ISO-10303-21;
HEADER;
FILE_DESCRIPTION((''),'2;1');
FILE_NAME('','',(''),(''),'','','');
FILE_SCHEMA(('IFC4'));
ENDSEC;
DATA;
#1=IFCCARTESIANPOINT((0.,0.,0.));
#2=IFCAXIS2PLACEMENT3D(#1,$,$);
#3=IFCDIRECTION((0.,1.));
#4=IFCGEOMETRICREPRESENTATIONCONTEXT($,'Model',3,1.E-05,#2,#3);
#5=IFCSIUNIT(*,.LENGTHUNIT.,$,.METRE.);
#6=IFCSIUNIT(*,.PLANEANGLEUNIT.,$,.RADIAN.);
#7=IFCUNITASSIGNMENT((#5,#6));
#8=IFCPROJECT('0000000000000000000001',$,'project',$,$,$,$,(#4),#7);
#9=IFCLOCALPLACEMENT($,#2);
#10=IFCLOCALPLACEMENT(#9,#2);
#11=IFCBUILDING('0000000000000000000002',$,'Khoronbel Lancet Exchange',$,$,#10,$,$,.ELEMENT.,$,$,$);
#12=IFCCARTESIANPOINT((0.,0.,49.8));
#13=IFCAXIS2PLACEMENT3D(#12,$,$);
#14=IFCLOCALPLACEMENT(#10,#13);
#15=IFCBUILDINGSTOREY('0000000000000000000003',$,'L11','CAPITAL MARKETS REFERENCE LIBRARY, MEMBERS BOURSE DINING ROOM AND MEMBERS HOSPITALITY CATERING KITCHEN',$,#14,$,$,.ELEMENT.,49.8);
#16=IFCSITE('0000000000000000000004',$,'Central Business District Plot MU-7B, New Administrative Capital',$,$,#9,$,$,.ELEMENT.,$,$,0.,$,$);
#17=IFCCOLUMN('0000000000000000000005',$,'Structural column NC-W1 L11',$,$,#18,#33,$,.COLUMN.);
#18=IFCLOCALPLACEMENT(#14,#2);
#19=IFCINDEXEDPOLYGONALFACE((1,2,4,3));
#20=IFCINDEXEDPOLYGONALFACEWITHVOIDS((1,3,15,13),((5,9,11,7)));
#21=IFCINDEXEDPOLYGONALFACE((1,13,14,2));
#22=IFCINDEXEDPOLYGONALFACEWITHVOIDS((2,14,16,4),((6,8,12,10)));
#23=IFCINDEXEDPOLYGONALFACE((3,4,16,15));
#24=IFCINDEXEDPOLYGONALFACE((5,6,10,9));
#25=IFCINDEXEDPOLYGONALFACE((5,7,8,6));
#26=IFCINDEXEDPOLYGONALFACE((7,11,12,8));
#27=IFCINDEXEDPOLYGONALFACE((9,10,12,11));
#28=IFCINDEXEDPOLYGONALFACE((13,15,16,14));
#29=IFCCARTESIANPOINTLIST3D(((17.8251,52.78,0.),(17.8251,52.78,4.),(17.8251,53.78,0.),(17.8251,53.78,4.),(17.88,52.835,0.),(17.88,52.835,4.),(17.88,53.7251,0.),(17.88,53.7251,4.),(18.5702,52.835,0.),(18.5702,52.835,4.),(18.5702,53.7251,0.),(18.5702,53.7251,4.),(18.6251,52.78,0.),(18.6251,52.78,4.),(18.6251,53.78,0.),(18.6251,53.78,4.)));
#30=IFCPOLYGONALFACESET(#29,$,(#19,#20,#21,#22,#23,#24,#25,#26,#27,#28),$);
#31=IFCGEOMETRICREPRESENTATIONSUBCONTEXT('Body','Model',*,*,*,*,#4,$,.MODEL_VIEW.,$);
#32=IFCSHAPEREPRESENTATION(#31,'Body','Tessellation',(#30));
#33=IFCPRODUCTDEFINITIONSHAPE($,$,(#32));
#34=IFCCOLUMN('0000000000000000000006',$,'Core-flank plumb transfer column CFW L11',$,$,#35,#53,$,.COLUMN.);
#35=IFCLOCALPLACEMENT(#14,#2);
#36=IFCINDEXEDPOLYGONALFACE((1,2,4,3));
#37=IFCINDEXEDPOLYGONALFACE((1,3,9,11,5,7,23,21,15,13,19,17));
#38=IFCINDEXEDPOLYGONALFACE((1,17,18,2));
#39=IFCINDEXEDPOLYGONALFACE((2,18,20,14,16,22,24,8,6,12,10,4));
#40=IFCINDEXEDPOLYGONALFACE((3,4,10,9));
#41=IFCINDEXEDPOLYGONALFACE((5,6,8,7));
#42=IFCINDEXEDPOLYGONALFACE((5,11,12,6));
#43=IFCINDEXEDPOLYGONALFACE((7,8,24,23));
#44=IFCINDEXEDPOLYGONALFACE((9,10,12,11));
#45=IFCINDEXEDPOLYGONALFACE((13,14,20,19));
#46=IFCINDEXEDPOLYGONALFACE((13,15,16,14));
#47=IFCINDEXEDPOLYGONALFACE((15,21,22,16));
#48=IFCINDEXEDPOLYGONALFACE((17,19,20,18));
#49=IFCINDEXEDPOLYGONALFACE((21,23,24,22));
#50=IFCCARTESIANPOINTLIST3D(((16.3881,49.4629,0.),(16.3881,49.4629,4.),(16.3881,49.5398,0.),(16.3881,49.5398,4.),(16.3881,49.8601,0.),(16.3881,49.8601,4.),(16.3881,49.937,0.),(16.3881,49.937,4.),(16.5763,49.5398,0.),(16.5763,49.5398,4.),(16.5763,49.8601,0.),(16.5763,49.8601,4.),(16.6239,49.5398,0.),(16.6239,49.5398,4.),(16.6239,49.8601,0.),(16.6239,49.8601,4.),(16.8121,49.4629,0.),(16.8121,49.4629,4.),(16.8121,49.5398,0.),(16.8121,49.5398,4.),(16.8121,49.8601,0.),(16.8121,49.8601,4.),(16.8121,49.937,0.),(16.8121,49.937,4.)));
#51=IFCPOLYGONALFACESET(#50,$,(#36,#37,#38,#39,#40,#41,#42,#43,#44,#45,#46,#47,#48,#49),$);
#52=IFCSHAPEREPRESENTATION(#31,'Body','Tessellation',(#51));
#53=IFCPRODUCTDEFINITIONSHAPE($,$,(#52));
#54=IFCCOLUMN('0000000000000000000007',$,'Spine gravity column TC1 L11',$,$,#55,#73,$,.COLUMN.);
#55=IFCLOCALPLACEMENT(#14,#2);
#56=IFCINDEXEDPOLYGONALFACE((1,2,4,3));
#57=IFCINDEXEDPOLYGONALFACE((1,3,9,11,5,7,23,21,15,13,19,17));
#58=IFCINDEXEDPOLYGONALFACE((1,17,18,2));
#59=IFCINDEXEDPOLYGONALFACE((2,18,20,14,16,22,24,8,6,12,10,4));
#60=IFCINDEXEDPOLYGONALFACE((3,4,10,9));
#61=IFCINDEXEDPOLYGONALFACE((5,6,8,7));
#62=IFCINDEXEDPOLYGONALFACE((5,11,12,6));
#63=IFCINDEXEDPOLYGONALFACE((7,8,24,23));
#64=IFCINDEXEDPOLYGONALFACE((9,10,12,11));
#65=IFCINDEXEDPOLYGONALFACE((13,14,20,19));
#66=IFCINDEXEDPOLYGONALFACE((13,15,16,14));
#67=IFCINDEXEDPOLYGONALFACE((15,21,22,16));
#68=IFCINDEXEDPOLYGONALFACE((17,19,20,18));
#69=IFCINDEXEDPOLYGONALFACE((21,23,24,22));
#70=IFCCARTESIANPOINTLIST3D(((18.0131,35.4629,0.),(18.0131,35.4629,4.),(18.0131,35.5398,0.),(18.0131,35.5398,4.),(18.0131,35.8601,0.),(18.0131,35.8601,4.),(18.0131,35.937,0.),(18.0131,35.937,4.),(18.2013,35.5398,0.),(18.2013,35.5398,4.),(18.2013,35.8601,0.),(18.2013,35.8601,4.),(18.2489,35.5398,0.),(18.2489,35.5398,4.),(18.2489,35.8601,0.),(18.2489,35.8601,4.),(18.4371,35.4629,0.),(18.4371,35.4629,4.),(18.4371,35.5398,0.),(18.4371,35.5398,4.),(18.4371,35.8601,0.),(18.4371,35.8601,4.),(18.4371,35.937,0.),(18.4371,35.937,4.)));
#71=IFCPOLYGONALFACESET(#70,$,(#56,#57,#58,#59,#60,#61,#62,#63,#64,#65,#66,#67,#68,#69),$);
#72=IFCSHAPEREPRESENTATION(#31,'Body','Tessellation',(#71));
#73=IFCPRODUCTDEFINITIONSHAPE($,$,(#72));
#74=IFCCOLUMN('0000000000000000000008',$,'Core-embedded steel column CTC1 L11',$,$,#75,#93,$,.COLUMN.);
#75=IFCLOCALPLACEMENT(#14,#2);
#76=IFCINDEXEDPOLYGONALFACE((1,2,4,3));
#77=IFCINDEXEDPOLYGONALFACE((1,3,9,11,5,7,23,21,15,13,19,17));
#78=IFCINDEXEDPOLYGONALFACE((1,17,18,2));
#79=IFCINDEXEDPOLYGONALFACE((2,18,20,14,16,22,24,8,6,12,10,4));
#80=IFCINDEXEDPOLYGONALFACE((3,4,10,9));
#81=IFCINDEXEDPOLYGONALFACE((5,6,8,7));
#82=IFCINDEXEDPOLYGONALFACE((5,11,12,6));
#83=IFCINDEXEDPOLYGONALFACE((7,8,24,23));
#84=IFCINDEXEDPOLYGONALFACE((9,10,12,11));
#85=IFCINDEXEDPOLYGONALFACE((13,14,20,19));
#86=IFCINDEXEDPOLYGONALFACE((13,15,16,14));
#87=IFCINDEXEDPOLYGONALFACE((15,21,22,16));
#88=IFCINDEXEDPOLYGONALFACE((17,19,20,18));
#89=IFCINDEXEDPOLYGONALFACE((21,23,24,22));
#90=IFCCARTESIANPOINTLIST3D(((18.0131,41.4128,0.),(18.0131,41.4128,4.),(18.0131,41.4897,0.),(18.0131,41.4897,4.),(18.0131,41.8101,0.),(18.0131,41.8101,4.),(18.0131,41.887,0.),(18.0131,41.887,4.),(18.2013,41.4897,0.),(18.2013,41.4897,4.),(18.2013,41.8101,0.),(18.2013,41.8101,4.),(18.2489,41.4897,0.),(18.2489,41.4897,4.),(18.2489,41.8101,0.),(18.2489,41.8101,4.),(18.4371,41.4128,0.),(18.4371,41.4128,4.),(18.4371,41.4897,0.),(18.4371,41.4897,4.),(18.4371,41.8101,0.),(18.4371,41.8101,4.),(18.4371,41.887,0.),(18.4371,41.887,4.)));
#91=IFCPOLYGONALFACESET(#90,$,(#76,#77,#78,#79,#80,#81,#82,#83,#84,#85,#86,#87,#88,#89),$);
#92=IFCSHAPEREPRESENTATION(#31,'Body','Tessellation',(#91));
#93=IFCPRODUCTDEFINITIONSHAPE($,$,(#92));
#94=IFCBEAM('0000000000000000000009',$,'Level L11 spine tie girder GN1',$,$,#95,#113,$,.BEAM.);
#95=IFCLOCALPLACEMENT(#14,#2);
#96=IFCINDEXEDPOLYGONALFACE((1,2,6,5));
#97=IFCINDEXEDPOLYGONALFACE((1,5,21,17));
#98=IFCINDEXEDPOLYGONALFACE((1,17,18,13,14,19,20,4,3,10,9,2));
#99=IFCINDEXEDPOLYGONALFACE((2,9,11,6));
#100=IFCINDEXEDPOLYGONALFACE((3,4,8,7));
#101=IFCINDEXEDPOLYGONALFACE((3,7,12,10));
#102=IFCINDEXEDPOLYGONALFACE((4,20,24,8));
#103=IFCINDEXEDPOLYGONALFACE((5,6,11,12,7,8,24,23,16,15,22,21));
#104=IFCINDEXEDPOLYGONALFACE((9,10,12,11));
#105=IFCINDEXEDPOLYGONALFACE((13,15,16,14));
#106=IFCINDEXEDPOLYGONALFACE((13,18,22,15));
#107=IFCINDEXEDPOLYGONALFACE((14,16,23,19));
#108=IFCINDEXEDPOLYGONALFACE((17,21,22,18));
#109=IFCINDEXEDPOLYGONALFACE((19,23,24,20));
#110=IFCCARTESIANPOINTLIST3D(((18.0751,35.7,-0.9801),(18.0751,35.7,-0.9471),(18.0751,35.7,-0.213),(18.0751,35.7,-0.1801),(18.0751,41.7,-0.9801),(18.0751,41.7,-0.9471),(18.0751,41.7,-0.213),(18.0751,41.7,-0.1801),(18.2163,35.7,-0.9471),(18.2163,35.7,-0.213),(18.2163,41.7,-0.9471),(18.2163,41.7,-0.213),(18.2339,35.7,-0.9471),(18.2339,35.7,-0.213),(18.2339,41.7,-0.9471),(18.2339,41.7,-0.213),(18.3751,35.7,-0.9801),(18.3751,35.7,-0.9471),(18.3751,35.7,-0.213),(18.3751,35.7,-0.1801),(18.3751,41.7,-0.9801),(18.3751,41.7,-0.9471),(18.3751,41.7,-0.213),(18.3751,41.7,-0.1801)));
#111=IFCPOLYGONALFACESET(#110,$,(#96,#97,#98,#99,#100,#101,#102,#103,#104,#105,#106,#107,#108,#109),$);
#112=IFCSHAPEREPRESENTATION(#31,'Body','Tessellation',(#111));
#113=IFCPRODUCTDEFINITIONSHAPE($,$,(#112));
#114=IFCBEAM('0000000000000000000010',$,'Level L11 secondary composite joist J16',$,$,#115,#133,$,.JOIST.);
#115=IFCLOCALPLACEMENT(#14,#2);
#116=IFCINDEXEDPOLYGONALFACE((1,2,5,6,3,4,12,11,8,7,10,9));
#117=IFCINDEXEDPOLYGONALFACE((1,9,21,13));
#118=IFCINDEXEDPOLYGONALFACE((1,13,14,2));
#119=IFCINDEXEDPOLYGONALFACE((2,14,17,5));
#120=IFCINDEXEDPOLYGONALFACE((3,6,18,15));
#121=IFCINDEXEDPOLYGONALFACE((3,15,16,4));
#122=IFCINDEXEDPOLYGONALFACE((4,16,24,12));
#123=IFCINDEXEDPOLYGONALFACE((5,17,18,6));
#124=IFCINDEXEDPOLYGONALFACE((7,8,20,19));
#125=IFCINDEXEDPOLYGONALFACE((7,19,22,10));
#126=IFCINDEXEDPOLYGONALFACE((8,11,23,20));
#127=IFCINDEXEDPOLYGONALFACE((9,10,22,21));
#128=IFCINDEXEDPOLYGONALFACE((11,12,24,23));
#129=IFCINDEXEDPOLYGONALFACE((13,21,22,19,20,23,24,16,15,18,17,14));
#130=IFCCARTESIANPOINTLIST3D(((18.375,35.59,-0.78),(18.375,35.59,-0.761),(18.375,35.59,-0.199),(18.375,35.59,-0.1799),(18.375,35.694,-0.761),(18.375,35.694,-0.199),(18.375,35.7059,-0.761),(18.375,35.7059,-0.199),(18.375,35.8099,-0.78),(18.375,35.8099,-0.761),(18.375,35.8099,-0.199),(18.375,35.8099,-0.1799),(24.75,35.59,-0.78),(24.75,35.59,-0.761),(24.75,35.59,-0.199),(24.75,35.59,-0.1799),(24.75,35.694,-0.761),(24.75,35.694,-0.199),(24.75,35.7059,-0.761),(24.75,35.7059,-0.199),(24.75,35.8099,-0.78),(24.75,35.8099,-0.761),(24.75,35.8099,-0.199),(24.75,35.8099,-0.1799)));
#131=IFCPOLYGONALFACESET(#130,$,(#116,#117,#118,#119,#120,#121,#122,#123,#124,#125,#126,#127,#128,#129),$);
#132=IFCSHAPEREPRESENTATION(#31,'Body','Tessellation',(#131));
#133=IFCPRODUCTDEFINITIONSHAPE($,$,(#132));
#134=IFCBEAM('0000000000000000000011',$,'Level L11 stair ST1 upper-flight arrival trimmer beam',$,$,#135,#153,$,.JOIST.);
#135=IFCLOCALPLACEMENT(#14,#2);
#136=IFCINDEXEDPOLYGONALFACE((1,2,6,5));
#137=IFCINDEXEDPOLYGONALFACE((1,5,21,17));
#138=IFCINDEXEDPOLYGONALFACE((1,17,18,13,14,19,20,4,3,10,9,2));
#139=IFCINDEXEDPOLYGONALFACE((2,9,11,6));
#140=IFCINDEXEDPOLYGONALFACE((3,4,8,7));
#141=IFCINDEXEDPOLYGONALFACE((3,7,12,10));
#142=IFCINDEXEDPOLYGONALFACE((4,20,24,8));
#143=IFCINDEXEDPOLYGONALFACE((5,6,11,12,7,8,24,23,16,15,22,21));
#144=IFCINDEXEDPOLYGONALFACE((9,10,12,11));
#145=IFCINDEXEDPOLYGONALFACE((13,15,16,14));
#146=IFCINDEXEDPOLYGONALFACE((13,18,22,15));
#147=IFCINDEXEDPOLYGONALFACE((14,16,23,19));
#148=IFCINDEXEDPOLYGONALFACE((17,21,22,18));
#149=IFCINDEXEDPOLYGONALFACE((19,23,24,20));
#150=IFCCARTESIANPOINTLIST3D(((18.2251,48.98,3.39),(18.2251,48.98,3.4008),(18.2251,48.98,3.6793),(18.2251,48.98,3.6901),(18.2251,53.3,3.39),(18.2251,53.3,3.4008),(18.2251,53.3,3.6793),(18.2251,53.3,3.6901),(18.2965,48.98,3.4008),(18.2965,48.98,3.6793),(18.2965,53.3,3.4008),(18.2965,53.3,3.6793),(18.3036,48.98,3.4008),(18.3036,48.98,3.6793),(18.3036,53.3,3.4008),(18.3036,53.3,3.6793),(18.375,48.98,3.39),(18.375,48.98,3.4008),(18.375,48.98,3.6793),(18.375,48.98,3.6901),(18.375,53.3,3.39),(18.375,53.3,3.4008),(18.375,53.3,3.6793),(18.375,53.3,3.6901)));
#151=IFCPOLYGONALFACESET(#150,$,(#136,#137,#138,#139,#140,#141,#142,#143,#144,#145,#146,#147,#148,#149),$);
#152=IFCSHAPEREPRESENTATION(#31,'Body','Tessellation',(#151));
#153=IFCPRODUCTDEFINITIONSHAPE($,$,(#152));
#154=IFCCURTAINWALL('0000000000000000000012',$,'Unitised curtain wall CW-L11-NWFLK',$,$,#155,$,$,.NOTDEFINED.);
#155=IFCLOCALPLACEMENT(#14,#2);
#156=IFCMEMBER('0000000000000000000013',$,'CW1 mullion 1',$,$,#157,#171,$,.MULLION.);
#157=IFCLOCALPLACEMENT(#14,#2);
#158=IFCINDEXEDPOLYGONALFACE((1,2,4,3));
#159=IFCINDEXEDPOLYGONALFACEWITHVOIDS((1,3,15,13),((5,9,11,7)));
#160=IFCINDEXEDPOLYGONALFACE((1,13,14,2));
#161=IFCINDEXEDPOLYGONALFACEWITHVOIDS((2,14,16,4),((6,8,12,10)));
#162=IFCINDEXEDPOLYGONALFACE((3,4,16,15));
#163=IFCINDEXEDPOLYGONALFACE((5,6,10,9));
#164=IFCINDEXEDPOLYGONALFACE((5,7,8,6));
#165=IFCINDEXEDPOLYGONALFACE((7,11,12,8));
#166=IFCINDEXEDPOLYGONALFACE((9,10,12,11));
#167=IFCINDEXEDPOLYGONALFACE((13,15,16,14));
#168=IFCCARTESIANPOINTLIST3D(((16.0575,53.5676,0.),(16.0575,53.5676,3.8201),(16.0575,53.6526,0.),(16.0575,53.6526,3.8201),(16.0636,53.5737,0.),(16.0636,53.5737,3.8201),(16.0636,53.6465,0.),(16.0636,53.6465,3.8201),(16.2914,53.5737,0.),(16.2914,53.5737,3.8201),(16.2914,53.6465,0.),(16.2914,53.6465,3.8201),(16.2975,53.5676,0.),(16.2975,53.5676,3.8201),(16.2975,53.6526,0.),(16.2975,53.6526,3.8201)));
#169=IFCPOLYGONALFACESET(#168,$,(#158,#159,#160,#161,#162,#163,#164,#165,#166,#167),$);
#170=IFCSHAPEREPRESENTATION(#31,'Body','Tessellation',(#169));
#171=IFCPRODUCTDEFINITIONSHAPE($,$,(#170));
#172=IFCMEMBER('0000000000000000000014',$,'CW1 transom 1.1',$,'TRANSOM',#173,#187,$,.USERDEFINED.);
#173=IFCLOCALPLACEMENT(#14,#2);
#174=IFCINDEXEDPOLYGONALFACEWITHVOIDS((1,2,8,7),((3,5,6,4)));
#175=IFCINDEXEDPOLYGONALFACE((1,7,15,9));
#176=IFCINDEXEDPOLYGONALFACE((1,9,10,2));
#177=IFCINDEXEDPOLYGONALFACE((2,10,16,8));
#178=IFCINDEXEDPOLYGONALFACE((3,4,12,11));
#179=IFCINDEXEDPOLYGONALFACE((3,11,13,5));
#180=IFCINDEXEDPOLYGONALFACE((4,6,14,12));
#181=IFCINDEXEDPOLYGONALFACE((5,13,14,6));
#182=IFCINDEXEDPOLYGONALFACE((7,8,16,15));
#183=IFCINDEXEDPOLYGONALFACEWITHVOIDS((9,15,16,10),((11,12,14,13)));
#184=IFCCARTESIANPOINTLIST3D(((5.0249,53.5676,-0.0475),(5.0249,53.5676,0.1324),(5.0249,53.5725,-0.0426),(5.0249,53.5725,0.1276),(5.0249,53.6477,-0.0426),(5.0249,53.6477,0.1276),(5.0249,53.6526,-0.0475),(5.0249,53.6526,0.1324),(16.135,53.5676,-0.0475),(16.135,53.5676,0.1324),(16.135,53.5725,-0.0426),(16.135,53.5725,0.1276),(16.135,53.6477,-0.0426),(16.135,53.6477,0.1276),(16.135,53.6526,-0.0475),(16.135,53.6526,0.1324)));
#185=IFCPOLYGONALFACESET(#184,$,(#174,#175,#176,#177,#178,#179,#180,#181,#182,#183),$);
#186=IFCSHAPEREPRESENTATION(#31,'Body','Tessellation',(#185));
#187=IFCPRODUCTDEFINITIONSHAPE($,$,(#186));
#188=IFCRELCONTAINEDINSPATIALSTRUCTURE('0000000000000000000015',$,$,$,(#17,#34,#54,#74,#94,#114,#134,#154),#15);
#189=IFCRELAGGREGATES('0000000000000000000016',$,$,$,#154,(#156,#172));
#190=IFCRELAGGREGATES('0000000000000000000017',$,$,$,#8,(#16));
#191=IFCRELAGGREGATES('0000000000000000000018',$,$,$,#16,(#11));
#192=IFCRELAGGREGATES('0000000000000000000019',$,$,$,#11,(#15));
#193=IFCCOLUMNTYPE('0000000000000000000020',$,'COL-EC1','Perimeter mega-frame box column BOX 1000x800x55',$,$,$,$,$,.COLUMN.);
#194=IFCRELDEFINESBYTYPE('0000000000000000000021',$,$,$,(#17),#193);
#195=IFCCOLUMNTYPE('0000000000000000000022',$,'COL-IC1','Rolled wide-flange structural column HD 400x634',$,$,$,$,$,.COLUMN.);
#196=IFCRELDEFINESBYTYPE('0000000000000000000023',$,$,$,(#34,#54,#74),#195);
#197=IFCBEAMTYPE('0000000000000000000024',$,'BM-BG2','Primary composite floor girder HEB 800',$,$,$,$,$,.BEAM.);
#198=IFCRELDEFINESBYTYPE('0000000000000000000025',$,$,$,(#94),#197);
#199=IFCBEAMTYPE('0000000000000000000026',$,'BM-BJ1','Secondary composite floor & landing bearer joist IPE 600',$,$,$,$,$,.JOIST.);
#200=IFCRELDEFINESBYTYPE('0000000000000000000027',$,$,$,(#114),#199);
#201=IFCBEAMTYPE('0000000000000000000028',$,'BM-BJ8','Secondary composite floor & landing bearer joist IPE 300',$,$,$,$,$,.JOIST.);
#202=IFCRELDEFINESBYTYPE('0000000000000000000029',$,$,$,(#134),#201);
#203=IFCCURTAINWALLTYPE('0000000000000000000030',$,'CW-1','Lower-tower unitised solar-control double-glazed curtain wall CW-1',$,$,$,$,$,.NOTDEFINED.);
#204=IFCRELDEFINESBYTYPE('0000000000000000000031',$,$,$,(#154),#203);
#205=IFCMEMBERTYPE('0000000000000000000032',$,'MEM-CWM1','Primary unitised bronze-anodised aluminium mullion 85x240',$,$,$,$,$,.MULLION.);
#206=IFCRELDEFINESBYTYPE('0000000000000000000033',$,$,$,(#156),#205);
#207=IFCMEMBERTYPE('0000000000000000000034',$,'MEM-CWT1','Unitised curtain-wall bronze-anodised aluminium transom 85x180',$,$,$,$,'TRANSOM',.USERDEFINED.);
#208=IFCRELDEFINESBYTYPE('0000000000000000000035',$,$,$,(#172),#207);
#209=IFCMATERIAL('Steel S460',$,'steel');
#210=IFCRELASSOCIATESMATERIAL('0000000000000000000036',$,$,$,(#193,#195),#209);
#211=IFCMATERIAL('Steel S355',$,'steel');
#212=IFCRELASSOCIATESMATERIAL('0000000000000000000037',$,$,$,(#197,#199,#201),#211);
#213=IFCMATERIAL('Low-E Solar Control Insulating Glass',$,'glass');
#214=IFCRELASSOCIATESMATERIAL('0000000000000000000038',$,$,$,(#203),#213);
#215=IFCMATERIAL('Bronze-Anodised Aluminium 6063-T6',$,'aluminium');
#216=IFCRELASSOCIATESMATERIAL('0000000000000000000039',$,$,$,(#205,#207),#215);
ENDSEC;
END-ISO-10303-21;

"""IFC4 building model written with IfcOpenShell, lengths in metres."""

from ifc_helpers import new_model, si_unit, direction, frame, origin, origin_2d, place, context, subcontext, project, spatial, hollow_rectangle, i_section, extrude, material, material_profile, profile_set, type_object, element, aggregate, save


model = new_model("IFC4")

# Units and contexts
model_context = context("Model", 3, precision=1e-05, world=origin(), true_north=direction((0.0, 1.0)))
body_context = subcontext(model_context, "Body", "Model", "MODEL_VIEW")
ifc_project = project(units=[si_unit("LENGTHUNIT", "METRE"), si_unit("PLANEANGLEUNIT", "RADIAN")], contexts=[model_context])

# Site, building, storey
site_placement = place(None, origin())
site = spatial("IfcSite", under=ifc_project, at=site_placement, Name="Central Business District Plot MU-7B, New Administrative Capital", CompositionType="ELEMENT", RefElevation=0.0)
building_placement = place(site_placement, origin())
building = spatial("IfcBuilding", under=site, at=building_placement, Name="Khoronbel Lancet Exchange", CompositionType="ELEMENT")
storey_placement = place(building_placement, frame((0.0, 0.0, 49.8)))
storey = spatial("IfcBuildingStorey", under=building, at=storey_placement, Name="L11", Description="CAPITAL MARKETS REFERENCE LIBRARY, MEMBERS BOURSE DINING ROOM AND MEMBERS HOSPITALITY CATERING KITCHEN", CompositionType="ELEMENT", Elevation=49.8)

# Columns
ifc_material_1 = material(Name="Steel S460", Category="steel")
ifc_material_profile_1 = material_profile(ifc_material_1, hollow_rectangle(XDim=0.8, YDim=1.0, WallThickness=0.0549, at=origin_2d()), Name="BOX 1000x800x55")
ifc_profile_set_1 = profile_set([ifc_material_profile_1], Name="Steel S460")
column_type_1 = type_object("IfcColumnType", Name="COL-EC1", Description="Perimeter mega-frame box column BOX 1000x800x55", PredefinedType="COLUMN", material=ifc_profile_set_1)
column_placement = place(storey_placement, frame((18.2251, 53.28, 0.0), z_axis=(0.0, 0.0, 1.0), x_axis=(1.0, 0.0, 0.0)))
element("IfcColumn", 1, at=column_placement, inside=storey, type_object=column_type_1, Name="Structural column NC-W1 L11", PredefinedType="COLUMN", context=body_context, shape_type="SweptSolid", body=[
    extrude(hollow_rectangle(XDim=0.8, YDim=1.0, WallThickness=0.0549, at=origin_2d()), origin(), (0.0, 0.0, 1.0), 4.0),
])
ifc_material_profile_2 = material_profile(ifc_material_1, i_section(OverallWidth=0.4241, OverallDepth=0.4741, WebThickness=0.0476, FlangeThickness=0.0769, at=origin_2d()), Name="HD 400x634")
ifc_profile_set_2 = profile_set([ifc_material_profile_2], Name="Steel S460")
column_type_2 = type_object("IfcColumnType", Name="COL-IC1", Description="Rolled wide-flange structural column HD 400x634", PredefinedType="COLUMN", material=ifc_profile_set_2)
for number, where, z_axis, x_axis, name in (
    (2, (16.6001, 49.7, 0.0), (0.0, 0.0, 1.0), (1.0, 0.0, 0.0), "Core-flank plumb transfer column CFW L11"),
    (3, (18.2251, 35.7, 0.0), (0.0, 0.0, 1.0), (1.0, 0.0, 0.0), "Spine gravity column TC1 L11"),
    (4, (18.2251, 41.6499, 0.0), (0.0, 0.0, 1.0), (1.0, 0.0, 0.0), "Core-embedded steel column CTC1 L11"),
):
    element("IfcColumn", number, at=place(storey_placement, frame(where, z_axis=z_axis, x_axis=x_axis)), inside=storey, type_object=column_type_2, Name=name, PredefinedType="COLUMN", context=body_context, shape_type="SweptSolid", body=[
        extrude(i_section(OverallWidth=0.4241, OverallDepth=0.4741, WebThickness=0.0476, FlangeThickness=0.0769, at=origin_2d()), origin(), (0.0, 0.0, 1.0), 4.0),
    ])

# Beams
ifc_material_2 = material(Name="Steel S355", Category="steel")
ifc_material_profile_3 = material_profile(ifc_material_2, i_section(OverallWidth=0.3, OverallDepth=0.8, WebThickness=0.0176, FlangeThickness=0.033, at=origin_2d()), Name="HEB 800")
ifc_profile_set_3 = profile_set([ifc_material_profile_3], Name="Steel S355")
beam_type_1 = type_object("IfcBeamType", Name="BM-BG2", Description="Primary composite floor girder HEB 800", PredefinedType="BEAM", material=ifc_profile_set_3)
beam_1_placement = place(storey_placement, frame((18.2251, 35.7, -0.5801), z_axis=(0.0, 1.0, 0.0), x_axis=(-1.0, 0.0, 0.0)))
element("IfcBeam", 5, at=beam_1_placement, inside=storey, type_object=beam_type_1, Name="Level L11 spine tie girder GN1", PredefinedType="BEAM", context=body_context, shape_type="SweptSolid", body=[
    extrude(i_section(OverallWidth=0.3, OverallDepth=0.8, WebThickness=0.0176, FlangeThickness=0.033, at=origin_2d()), origin(), (0.0, 0.0, 1.0), 6.0),
])
ifc_material_profile_4 = material_profile(ifc_material_2, i_section(OverallWidth=0.22, OverallDepth=0.6001, WebThickness=0.012, FlangeThickness=0.019, at=origin_2d()), Name="IPE 600")
ifc_profile_set_4 = profile_set([ifc_material_profile_4], Name="Steel S355")
beam_type_2 = type_object("IfcBeamType", Name="BM-BJ1", Description="Secondary composite floor & landing bearer joist IPE 600", PredefinedType="JOIST", material=ifc_profile_set_4)
beam_2_placement = place(storey_placement, frame((18.375, 35.7, -0.48), z_axis=(1.0, 0.0, 0.0), x_axis=(0.0, 1.0, 0.0)))
element("IfcBeam", 6, at=beam_2_placement, inside=storey, type_object=beam_type_2, Name="Level L11 secondary composite joist J16", PredefinedType="JOIST", context=body_context, shape_type="SweptSolid", body=[
    extrude(i_section(OverallWidth=0.22, OverallDepth=0.6001, WebThickness=0.012, FlangeThickness=0.019, at=origin_2d()), origin(), (0.0, 0.0, 1.0), 6.375),
])
ifc_material_profile_5 = material_profile(ifc_material_2, i_section(OverallWidth=0.1499, OverallDepth=0.3, WebThickness=0.0071, FlangeThickness=0.0107, at=origin_2d()), Name="IPE 300")
ifc_profile_set_5 = profile_set([ifc_material_profile_5], Name="Steel S355")
beam_type_3 = type_object("IfcBeamType", Name="BM-BJ8", Description="Secondary composite floor & landing bearer joist IPE 300", PredefinedType="JOIST", material=ifc_profile_set_5)
beam_3_placement = place(storey_placement, frame((18.3, 48.98, 3.54), z_axis=(0.0, 1.0, 0.0), x_axis=(-1.0, 0.0, 0.0)))
element("IfcBeam", 7, at=beam_3_placement, inside=storey, type_object=beam_type_3, Name="Level L11 stair ST1 upper-flight arrival trimmer beam", PredefinedType="JOIST", context=body_context, shape_type="SweptSolid", body=[
    extrude(i_section(OverallWidth=0.1499, OverallDepth=0.3, WebThickness=0.0071, FlangeThickness=0.0107, at=origin_2d()), origin(), (0.0, 0.0, 1.0), 4.3201),
])

# Curtain wall, members
ifc_material_3 = material(Name="Low-E Solar Control Insulating Glass", Category="glass")
curtain_wall_type = type_object("IfcCurtainWallType", Name="CW-1", Description="Lower-tower unitised solar-control double-glazed curtain wall CW-1", PredefinedType="NOTDEFINED", material=ifc_material_3)
curtain_wall_placement = place(storey_placement, origin())
curtain_wall = element("IfcCurtainWall", 8, at=curtain_wall_placement, inside=storey, type_object=curtain_wall_type, Name="Unitised curtain wall CW-L11-NWFLK", PredefinedType="NOTDEFINED")
ifc_material_4 = material(Name="Bronze-Anodised Aluminium 6063-T6", Category="aluminium")
ifc_material_profile_6 = material_profile(ifc_material_4, hollow_rectangle(XDim=0.085, YDim=0.24, WallThickness=0.0061, at=origin_2d()), Name="ALU MULLION 85x240")
ifc_profile_set_6 = profile_set([ifc_material_profile_6], Name="Bronze-Anodised Aluminium 6063-T6")
member_type_1 = type_object("IfcMemberType", Name="MEM-CWM1", Description="Primary unitised bronze-anodised aluminium mullion 85x240", PredefinedType="MULLION", material=ifc_profile_set_6)
member_1_placement = place(storey_placement, frame((16.1775, 53.6101, 0.0), z_axis=(0.0, 0.0, 1.0), x_axis=(0.0, -1.0, 0.0)))
member_1 = element("IfcMember", 9, at=member_1_placement, type_object=member_type_1, Name="CW1 mullion 1", PredefinedType="MULLION", context=body_context, shape_type="SweptSolid", body=[
    extrude(hollow_rectangle(XDim=0.085, YDim=0.24, WallThickness=0.0061, at=origin_2d()), origin(), (0.0, 0.0, 1.0), 3.8201),
])
ifc_material_profile_7 = material_profile(ifc_material_4, hollow_rectangle(XDim=0.085, YDim=0.1799, WallThickness=0.0049, at=origin_2d()), Name="ALU TRANSOM 85x180")
ifc_profile_set_7 = profile_set([ifc_material_profile_7], Name="Bronze-Anodised Aluminium 6063-T6")
member_type_2 = type_object("IfcMemberType", Name="MEM-CWT1", Description="Unitised curtain-wall bronze-anodised aluminium transom 85x180", ElementType="TRANSOM", PredefinedType="USERDEFINED", material=ifc_profile_set_7)
member_2_placement = place(storey_placement, frame((16.135, 53.6101, 0.0425), z_axis=(-1.0, 0.0, 0.0), x_axis=(0.0, -1.0, 0.0)))
member_2 = element("IfcMember", 10, at=member_2_placement, type_object=member_type_2, Name="CW1 transom 1.1", ObjectType="TRANSOM", PredefinedType="USERDEFINED", context=body_context, shape_type="SweptSolid", body=[
    extrude(hollow_rectangle(XDim=0.085, YDim=0.1799, WallThickness=0.0049, at=origin_2d()), origin(), (0.0, 0.0, 1.0), 11.1101),
])

aggregate(curtain_wall, [member_1, member_2])

save(model, "model.ifc")
